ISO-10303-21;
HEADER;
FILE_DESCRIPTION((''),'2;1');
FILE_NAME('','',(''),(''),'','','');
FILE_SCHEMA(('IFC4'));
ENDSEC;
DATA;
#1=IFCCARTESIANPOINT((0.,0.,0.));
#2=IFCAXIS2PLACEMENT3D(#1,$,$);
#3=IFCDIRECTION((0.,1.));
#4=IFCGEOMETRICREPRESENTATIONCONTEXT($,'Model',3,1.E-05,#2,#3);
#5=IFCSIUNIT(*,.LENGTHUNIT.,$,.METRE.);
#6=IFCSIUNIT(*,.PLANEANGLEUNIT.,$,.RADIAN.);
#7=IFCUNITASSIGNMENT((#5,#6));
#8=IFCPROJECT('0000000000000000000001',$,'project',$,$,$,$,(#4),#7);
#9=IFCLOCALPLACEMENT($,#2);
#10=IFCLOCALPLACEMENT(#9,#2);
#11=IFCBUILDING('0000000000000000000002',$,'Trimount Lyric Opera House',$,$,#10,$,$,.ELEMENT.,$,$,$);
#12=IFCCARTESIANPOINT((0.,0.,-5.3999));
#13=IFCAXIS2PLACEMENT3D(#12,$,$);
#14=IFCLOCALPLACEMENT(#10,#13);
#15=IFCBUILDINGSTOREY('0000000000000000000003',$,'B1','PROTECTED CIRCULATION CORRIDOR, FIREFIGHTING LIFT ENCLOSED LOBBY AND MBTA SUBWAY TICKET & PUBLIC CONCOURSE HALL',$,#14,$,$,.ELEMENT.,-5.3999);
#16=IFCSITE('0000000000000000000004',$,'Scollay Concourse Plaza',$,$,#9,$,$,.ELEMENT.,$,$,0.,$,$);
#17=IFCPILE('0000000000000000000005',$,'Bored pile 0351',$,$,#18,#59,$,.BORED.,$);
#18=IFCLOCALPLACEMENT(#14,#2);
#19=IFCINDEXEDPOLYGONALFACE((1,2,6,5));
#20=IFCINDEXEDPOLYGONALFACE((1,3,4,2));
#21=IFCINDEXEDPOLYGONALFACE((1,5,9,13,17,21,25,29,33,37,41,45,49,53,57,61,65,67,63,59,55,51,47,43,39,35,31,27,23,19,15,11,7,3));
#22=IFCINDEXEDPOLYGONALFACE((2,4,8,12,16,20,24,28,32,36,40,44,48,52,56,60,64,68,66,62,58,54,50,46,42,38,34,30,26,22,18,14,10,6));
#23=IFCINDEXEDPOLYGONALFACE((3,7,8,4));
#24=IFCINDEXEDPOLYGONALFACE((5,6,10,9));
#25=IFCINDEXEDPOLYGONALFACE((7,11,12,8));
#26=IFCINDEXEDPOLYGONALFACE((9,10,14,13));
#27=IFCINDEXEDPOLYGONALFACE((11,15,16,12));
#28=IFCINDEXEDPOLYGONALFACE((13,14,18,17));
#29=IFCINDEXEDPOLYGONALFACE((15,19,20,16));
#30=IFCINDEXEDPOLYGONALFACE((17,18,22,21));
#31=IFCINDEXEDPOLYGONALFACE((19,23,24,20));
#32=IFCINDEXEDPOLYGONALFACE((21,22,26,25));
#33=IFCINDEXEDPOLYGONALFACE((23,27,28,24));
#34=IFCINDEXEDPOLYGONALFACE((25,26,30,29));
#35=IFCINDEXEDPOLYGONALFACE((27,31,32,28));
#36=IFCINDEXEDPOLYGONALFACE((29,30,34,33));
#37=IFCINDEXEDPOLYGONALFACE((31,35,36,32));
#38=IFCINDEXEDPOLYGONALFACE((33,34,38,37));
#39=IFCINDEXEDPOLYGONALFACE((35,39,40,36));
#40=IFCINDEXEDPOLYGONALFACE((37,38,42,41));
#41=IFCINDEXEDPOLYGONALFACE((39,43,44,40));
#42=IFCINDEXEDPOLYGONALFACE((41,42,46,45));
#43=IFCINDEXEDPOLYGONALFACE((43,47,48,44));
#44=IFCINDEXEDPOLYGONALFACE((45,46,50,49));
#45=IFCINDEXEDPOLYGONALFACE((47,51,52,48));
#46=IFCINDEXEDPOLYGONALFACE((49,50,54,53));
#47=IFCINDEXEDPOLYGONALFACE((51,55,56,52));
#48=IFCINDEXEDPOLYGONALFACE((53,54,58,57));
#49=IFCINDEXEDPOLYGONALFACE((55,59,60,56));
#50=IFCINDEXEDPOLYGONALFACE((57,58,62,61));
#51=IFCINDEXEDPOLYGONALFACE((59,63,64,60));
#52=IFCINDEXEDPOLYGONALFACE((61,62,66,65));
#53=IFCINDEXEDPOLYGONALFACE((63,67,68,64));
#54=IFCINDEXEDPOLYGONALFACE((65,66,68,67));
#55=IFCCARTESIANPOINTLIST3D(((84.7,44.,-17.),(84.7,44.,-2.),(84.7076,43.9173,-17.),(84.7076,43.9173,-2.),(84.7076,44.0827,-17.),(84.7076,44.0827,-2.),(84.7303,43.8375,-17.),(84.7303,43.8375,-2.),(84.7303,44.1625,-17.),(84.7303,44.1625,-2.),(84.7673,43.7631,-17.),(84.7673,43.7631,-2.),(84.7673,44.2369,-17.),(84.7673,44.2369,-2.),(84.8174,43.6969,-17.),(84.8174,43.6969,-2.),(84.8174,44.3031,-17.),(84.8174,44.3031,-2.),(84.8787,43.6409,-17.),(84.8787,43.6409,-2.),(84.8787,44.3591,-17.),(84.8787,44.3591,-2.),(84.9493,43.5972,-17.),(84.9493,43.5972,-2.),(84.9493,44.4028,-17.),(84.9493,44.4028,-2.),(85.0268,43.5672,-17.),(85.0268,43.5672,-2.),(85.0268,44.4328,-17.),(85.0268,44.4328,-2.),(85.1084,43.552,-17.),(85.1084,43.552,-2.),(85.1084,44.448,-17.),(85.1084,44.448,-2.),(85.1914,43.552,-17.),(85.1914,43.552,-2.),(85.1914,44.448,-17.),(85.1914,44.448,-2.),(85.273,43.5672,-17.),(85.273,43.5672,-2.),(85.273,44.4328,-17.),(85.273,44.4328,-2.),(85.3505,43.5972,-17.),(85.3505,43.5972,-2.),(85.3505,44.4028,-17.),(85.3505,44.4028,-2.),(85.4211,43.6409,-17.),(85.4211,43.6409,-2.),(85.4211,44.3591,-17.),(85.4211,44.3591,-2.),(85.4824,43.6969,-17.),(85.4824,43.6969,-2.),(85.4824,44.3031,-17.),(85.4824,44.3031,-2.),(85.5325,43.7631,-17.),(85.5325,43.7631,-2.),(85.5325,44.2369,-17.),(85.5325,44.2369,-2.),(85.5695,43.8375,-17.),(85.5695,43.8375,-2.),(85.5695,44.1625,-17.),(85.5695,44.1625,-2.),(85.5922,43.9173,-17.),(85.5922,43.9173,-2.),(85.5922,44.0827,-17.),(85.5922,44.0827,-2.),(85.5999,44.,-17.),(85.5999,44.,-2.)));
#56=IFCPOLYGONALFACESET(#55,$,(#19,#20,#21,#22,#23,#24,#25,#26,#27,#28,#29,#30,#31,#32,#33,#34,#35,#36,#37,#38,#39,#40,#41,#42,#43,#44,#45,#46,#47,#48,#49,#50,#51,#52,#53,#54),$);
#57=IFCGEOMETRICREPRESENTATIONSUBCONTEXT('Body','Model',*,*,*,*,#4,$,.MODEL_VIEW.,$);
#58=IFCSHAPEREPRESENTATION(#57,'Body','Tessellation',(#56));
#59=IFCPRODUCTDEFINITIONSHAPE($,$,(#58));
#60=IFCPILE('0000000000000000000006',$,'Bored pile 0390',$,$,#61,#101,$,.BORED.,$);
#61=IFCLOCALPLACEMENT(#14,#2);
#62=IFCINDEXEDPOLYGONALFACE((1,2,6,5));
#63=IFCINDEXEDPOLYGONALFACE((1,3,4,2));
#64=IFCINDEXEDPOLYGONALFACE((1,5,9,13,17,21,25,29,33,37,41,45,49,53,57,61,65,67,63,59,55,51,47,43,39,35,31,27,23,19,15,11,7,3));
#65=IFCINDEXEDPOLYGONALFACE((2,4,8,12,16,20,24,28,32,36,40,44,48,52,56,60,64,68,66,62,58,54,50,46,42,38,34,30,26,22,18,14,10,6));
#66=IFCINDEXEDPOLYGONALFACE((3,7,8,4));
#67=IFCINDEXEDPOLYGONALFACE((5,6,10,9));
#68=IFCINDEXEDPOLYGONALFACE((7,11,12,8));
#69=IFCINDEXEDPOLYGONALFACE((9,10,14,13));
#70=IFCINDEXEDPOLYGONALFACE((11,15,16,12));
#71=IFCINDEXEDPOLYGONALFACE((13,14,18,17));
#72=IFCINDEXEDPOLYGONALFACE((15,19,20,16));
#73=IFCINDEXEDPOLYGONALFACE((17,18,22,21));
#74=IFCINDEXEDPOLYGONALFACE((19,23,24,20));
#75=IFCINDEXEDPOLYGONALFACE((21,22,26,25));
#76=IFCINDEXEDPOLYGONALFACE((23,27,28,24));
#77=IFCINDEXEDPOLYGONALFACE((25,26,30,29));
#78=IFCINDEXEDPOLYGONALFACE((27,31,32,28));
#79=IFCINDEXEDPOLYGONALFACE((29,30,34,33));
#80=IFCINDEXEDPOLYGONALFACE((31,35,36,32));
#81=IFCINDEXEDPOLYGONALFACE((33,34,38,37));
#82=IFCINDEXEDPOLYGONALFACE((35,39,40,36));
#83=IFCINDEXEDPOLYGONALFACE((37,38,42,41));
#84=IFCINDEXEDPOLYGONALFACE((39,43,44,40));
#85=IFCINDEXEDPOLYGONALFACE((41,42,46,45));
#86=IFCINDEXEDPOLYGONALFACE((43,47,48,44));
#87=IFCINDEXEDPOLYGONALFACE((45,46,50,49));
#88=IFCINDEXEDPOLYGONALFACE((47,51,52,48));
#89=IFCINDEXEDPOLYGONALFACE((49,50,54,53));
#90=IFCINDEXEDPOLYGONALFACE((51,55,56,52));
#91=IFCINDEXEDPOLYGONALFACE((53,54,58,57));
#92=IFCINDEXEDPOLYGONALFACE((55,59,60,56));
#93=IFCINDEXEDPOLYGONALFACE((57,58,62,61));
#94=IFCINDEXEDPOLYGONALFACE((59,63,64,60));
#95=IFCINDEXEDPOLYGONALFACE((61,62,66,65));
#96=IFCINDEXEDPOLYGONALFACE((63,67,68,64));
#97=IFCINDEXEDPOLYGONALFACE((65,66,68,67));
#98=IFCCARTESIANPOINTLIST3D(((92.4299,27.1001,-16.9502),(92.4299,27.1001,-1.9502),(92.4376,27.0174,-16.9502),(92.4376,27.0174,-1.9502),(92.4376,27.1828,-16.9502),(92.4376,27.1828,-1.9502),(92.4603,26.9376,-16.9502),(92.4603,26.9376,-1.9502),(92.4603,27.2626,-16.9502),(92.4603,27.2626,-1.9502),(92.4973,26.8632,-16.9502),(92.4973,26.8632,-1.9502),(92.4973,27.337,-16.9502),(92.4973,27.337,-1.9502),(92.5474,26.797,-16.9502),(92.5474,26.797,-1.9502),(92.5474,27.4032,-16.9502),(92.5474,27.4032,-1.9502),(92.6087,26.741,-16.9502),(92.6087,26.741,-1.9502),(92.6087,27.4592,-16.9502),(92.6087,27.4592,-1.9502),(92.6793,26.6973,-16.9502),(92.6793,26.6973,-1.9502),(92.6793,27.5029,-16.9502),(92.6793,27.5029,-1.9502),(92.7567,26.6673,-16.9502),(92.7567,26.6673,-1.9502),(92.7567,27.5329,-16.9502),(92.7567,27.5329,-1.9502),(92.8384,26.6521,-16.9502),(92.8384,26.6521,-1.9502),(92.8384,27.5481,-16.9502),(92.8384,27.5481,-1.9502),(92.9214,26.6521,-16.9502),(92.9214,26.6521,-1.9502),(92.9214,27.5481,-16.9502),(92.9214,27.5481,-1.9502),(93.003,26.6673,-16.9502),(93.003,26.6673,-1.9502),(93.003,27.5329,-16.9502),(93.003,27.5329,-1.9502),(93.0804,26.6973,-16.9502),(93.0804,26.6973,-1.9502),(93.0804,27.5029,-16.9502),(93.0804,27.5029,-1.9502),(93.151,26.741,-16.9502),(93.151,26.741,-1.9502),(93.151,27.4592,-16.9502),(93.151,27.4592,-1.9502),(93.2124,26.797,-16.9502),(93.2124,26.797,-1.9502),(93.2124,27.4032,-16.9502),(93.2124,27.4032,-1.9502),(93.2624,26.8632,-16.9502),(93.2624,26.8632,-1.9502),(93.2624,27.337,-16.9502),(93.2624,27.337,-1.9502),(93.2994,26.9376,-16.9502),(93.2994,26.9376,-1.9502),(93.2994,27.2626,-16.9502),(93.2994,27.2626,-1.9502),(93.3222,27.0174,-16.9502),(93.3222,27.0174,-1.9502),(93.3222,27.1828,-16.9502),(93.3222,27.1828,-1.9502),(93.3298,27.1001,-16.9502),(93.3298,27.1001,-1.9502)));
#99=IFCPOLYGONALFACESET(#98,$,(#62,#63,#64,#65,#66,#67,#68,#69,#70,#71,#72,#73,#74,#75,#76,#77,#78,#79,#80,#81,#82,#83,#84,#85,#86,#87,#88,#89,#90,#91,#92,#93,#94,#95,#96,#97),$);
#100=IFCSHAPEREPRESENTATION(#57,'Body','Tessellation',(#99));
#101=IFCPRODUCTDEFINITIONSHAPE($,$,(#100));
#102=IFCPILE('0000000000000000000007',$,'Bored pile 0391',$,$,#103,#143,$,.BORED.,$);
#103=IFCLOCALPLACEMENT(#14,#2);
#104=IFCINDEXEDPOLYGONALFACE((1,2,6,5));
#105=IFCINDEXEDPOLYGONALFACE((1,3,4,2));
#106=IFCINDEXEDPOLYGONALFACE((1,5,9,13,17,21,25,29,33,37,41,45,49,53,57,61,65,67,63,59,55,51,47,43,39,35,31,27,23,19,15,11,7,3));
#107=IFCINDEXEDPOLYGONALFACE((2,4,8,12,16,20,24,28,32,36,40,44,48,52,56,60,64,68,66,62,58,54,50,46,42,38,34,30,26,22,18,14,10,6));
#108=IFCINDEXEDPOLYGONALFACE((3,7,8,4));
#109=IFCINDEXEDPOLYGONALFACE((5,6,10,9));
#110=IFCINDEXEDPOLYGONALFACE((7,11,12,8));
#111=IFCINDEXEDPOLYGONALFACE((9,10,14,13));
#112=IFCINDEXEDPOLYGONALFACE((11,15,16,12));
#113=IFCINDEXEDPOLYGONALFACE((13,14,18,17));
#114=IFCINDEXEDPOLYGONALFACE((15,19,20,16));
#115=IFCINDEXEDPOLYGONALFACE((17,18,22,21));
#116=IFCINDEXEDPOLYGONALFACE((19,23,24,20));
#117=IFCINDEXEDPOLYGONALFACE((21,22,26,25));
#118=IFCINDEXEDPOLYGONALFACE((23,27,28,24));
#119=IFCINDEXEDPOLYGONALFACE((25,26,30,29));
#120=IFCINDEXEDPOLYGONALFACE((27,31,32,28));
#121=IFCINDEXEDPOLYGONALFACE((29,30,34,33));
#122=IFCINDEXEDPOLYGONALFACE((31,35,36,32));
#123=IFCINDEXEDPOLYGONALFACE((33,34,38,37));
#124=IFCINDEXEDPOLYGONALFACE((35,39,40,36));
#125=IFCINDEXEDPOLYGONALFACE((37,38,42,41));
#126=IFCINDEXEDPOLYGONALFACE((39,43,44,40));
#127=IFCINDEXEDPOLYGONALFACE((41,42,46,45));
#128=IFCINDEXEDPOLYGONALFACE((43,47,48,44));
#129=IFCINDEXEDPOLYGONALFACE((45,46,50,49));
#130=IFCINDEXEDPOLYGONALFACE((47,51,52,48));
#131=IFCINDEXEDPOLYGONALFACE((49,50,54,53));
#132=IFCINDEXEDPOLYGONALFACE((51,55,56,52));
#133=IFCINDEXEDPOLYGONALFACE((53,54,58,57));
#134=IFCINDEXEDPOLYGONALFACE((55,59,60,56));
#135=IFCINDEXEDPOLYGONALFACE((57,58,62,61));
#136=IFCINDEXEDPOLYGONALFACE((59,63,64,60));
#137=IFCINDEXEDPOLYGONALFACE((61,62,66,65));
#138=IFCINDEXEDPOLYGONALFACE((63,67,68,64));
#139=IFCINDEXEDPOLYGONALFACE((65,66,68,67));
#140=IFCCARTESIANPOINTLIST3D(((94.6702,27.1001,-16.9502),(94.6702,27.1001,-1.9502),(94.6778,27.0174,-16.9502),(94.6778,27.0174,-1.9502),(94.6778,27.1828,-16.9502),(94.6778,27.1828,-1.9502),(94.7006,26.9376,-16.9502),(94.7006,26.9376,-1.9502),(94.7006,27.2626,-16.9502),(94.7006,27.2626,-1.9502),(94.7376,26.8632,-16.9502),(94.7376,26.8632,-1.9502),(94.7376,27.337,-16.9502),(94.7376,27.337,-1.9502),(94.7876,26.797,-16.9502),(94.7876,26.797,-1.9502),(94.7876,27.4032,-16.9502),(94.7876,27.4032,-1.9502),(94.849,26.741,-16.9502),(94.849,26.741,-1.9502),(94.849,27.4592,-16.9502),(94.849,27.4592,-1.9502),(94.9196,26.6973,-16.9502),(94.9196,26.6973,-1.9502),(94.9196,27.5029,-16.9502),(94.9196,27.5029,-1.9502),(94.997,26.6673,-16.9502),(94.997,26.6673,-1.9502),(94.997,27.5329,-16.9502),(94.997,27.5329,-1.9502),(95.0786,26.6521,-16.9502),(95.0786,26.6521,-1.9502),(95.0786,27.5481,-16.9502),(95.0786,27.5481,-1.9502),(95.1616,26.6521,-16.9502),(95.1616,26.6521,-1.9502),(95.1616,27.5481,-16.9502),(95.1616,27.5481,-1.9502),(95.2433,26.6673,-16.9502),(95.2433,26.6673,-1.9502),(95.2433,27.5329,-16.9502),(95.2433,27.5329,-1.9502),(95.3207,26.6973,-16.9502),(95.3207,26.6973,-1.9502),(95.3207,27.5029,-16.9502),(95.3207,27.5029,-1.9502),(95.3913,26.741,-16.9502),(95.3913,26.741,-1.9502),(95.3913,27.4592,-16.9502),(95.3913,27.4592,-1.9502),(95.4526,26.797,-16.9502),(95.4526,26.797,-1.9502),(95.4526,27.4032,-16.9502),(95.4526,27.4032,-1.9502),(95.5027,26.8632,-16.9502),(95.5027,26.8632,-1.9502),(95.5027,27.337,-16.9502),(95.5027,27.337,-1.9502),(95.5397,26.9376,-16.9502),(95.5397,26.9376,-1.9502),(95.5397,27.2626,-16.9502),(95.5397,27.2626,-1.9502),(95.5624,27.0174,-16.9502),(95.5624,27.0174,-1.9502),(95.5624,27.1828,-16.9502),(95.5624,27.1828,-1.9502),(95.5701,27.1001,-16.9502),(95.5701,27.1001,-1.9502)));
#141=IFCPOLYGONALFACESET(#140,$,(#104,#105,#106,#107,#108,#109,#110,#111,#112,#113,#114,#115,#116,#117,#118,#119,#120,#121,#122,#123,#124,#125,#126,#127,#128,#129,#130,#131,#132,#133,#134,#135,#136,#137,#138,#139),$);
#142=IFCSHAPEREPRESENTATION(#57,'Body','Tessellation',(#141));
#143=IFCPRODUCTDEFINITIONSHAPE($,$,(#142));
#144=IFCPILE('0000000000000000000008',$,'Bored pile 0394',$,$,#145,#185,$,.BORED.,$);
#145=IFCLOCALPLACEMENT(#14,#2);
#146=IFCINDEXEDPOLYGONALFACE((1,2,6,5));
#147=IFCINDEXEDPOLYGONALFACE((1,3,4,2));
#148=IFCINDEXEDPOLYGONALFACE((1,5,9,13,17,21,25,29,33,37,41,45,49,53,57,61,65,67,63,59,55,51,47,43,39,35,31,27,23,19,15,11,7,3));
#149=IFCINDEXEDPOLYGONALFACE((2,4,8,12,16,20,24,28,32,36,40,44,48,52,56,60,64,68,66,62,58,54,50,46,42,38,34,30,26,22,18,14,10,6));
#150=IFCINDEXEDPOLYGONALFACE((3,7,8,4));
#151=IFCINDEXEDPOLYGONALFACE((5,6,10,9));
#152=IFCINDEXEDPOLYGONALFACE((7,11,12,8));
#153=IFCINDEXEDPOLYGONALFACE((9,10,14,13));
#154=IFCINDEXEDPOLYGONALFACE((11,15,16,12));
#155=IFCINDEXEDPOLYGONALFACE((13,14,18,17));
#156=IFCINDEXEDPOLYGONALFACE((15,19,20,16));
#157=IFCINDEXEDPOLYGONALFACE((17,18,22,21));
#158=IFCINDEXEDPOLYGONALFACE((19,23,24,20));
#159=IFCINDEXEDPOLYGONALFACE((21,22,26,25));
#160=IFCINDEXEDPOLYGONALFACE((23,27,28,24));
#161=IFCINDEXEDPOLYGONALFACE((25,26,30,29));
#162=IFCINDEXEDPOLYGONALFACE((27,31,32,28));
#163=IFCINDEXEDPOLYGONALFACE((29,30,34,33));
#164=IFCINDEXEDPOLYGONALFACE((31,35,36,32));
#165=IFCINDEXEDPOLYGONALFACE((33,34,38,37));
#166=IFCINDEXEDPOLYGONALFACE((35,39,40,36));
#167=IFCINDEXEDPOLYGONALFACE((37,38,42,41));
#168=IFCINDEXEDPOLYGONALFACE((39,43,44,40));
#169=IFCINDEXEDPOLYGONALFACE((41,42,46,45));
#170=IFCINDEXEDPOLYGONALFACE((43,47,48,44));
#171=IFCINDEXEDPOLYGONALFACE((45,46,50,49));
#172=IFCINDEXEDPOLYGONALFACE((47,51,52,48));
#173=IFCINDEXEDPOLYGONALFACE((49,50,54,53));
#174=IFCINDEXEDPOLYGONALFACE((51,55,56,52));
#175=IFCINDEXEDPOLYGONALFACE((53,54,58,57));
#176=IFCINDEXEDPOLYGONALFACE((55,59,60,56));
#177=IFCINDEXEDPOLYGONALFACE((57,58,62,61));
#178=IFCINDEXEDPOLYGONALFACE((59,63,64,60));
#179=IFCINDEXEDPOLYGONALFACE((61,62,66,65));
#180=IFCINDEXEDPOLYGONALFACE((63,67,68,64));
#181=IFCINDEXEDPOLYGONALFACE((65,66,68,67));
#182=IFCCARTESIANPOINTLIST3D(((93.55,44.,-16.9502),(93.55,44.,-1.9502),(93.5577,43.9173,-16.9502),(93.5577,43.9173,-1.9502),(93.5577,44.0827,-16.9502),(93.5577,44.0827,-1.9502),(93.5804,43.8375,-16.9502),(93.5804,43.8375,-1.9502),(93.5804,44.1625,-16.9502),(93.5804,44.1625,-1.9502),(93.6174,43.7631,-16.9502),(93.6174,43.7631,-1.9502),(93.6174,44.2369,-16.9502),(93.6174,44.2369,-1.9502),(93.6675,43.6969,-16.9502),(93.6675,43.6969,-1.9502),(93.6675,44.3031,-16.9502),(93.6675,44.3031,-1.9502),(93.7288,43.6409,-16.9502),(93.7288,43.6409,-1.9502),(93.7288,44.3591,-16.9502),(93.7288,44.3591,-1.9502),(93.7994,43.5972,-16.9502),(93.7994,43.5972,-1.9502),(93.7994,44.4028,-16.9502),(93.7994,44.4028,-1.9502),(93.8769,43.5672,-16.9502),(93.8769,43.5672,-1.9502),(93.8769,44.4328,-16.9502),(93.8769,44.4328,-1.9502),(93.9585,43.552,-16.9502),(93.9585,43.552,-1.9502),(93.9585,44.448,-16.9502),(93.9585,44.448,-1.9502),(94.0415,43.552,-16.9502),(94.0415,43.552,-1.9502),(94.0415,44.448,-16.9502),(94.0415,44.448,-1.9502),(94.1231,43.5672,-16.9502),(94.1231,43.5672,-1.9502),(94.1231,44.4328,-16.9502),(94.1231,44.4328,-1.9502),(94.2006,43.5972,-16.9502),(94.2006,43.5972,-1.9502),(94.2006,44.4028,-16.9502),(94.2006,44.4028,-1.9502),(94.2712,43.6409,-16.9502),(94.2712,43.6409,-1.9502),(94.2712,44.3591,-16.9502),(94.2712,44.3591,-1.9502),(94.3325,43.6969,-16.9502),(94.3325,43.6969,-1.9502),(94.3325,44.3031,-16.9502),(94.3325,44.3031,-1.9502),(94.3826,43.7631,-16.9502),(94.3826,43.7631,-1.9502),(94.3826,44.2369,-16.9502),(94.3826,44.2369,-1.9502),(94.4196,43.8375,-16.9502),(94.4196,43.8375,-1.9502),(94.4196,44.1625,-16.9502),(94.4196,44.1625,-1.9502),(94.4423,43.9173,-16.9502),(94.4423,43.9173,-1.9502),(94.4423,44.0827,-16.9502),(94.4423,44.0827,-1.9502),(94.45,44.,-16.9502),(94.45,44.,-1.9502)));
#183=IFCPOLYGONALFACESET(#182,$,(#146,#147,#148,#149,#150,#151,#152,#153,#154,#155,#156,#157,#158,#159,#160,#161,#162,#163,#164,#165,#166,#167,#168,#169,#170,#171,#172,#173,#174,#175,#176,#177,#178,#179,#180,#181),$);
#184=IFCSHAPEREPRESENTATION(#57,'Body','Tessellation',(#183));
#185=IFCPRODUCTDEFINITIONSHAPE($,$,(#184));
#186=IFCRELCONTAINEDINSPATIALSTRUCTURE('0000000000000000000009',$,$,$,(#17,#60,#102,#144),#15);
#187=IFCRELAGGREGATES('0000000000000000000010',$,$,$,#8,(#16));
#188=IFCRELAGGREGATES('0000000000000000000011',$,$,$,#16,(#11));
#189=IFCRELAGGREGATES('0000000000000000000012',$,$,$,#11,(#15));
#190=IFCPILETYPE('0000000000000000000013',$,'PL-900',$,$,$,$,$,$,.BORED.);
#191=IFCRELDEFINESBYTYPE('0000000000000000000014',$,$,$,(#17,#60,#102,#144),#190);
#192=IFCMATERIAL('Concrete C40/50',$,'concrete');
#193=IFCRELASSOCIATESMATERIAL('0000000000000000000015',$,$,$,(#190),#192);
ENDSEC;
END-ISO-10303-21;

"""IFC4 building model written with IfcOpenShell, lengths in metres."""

from ifc_helpers import new_model, si_unit, direction, frame, origin, origin_2d, place, context, subcontext, project, spatial, circle, extrude, material, material_profile, profile_set, type_object, element, save


model = new_model("IFC4")

# Units and contexts
model_context = context("Model", 3, precision=1e-05, world=origin(), true_north=direction((0.0, 1.0)))
body_context = subcontext(model_context, "Body", "Model", "MODEL_VIEW")
ifc_project = project(units=[si_unit("LENGTHUNIT", "METRE"), si_unit("PLANEANGLEUNIT", "RADIAN")], contexts=[model_context])

# Site, building, storey
site_placement = place(None, origin())
site = spatial("IfcSite", under=ifc_project, at=site_placement, Name="Scollay Concourse Plaza", CompositionType="ELEMENT", RefElevation=0.0)
building_placement = place(site_placement, origin())
building = spatial("IfcBuilding", under=site, at=building_placement, Name="Trimount Lyric Opera House", CompositionType="ELEMENT")
storey_placement = place(building_placement, frame((0.0, 0.0, -5.3999)))
storey = spatial("IfcBuildingStorey", under=building, at=storey_placement, Name="B1", Description="PROTECTED CIRCULATION CORRIDOR, FIREFIGHTING LIFT ENCLOSED LOBBY AND MBTA SUBWAY TICKET & PUBLIC CONCOURSE HALL", CompositionType="ELEMENT", Elevation=-5.3999)

# Piles
ifc_material_1 = material(Name="Concrete C40/50", Category="concrete")
ifc_material_profile_1 = material_profile(ifc_material_1, circle(Radius=0.45, at=origin_2d()), Name="PILE-D900")
ifc_profile_set_1 = profile_set([ifc_material_profile_1], Name="Concrete C40/50")
pile_type_1 = type_object("IfcPileType", Name="PL-900", PredefinedType="BORED", material=ifc_profile_set_1)
for number, where, z_axis, x_axis, name in (
    (1, (85.1499, 44.0, -2.0), (0.0, 0.0, -1.0), (1.0, 0.0, 0.0), "Bored pile 0351"),
    (2, (92.8799, 27.1001, -1.9502), (0.0, 0.0, -1.0), (1.0, 0.0, 0.0), "Bored pile 0390"),
    (3, (95.1201, 27.1001, -1.9502), (0.0, 0.0, -1.0), (1.0, 0.0, 0.0), "Bored pile 0391"),
    (4, (94.0, 44.0, -1.9502), (0.0, 0.0, -1.0), (1.0, 0.0, 0.0), "Bored pile 0394"),
):
    element("IfcPile", number, at=place(storey_placement, frame(where, z_axis=z_axis, x_axis=x_axis)), inside=storey, type_object=pile_type_1, Name=name, PredefinedType="BORED", context=body_context, shape_type="SweptSolid", body=[
        extrude(circle(Radius=0.45, at=origin_2d()), origin(), (0.0, 0.0, 1.0), 15.0),
    ])

save(model, "model.ifc")
